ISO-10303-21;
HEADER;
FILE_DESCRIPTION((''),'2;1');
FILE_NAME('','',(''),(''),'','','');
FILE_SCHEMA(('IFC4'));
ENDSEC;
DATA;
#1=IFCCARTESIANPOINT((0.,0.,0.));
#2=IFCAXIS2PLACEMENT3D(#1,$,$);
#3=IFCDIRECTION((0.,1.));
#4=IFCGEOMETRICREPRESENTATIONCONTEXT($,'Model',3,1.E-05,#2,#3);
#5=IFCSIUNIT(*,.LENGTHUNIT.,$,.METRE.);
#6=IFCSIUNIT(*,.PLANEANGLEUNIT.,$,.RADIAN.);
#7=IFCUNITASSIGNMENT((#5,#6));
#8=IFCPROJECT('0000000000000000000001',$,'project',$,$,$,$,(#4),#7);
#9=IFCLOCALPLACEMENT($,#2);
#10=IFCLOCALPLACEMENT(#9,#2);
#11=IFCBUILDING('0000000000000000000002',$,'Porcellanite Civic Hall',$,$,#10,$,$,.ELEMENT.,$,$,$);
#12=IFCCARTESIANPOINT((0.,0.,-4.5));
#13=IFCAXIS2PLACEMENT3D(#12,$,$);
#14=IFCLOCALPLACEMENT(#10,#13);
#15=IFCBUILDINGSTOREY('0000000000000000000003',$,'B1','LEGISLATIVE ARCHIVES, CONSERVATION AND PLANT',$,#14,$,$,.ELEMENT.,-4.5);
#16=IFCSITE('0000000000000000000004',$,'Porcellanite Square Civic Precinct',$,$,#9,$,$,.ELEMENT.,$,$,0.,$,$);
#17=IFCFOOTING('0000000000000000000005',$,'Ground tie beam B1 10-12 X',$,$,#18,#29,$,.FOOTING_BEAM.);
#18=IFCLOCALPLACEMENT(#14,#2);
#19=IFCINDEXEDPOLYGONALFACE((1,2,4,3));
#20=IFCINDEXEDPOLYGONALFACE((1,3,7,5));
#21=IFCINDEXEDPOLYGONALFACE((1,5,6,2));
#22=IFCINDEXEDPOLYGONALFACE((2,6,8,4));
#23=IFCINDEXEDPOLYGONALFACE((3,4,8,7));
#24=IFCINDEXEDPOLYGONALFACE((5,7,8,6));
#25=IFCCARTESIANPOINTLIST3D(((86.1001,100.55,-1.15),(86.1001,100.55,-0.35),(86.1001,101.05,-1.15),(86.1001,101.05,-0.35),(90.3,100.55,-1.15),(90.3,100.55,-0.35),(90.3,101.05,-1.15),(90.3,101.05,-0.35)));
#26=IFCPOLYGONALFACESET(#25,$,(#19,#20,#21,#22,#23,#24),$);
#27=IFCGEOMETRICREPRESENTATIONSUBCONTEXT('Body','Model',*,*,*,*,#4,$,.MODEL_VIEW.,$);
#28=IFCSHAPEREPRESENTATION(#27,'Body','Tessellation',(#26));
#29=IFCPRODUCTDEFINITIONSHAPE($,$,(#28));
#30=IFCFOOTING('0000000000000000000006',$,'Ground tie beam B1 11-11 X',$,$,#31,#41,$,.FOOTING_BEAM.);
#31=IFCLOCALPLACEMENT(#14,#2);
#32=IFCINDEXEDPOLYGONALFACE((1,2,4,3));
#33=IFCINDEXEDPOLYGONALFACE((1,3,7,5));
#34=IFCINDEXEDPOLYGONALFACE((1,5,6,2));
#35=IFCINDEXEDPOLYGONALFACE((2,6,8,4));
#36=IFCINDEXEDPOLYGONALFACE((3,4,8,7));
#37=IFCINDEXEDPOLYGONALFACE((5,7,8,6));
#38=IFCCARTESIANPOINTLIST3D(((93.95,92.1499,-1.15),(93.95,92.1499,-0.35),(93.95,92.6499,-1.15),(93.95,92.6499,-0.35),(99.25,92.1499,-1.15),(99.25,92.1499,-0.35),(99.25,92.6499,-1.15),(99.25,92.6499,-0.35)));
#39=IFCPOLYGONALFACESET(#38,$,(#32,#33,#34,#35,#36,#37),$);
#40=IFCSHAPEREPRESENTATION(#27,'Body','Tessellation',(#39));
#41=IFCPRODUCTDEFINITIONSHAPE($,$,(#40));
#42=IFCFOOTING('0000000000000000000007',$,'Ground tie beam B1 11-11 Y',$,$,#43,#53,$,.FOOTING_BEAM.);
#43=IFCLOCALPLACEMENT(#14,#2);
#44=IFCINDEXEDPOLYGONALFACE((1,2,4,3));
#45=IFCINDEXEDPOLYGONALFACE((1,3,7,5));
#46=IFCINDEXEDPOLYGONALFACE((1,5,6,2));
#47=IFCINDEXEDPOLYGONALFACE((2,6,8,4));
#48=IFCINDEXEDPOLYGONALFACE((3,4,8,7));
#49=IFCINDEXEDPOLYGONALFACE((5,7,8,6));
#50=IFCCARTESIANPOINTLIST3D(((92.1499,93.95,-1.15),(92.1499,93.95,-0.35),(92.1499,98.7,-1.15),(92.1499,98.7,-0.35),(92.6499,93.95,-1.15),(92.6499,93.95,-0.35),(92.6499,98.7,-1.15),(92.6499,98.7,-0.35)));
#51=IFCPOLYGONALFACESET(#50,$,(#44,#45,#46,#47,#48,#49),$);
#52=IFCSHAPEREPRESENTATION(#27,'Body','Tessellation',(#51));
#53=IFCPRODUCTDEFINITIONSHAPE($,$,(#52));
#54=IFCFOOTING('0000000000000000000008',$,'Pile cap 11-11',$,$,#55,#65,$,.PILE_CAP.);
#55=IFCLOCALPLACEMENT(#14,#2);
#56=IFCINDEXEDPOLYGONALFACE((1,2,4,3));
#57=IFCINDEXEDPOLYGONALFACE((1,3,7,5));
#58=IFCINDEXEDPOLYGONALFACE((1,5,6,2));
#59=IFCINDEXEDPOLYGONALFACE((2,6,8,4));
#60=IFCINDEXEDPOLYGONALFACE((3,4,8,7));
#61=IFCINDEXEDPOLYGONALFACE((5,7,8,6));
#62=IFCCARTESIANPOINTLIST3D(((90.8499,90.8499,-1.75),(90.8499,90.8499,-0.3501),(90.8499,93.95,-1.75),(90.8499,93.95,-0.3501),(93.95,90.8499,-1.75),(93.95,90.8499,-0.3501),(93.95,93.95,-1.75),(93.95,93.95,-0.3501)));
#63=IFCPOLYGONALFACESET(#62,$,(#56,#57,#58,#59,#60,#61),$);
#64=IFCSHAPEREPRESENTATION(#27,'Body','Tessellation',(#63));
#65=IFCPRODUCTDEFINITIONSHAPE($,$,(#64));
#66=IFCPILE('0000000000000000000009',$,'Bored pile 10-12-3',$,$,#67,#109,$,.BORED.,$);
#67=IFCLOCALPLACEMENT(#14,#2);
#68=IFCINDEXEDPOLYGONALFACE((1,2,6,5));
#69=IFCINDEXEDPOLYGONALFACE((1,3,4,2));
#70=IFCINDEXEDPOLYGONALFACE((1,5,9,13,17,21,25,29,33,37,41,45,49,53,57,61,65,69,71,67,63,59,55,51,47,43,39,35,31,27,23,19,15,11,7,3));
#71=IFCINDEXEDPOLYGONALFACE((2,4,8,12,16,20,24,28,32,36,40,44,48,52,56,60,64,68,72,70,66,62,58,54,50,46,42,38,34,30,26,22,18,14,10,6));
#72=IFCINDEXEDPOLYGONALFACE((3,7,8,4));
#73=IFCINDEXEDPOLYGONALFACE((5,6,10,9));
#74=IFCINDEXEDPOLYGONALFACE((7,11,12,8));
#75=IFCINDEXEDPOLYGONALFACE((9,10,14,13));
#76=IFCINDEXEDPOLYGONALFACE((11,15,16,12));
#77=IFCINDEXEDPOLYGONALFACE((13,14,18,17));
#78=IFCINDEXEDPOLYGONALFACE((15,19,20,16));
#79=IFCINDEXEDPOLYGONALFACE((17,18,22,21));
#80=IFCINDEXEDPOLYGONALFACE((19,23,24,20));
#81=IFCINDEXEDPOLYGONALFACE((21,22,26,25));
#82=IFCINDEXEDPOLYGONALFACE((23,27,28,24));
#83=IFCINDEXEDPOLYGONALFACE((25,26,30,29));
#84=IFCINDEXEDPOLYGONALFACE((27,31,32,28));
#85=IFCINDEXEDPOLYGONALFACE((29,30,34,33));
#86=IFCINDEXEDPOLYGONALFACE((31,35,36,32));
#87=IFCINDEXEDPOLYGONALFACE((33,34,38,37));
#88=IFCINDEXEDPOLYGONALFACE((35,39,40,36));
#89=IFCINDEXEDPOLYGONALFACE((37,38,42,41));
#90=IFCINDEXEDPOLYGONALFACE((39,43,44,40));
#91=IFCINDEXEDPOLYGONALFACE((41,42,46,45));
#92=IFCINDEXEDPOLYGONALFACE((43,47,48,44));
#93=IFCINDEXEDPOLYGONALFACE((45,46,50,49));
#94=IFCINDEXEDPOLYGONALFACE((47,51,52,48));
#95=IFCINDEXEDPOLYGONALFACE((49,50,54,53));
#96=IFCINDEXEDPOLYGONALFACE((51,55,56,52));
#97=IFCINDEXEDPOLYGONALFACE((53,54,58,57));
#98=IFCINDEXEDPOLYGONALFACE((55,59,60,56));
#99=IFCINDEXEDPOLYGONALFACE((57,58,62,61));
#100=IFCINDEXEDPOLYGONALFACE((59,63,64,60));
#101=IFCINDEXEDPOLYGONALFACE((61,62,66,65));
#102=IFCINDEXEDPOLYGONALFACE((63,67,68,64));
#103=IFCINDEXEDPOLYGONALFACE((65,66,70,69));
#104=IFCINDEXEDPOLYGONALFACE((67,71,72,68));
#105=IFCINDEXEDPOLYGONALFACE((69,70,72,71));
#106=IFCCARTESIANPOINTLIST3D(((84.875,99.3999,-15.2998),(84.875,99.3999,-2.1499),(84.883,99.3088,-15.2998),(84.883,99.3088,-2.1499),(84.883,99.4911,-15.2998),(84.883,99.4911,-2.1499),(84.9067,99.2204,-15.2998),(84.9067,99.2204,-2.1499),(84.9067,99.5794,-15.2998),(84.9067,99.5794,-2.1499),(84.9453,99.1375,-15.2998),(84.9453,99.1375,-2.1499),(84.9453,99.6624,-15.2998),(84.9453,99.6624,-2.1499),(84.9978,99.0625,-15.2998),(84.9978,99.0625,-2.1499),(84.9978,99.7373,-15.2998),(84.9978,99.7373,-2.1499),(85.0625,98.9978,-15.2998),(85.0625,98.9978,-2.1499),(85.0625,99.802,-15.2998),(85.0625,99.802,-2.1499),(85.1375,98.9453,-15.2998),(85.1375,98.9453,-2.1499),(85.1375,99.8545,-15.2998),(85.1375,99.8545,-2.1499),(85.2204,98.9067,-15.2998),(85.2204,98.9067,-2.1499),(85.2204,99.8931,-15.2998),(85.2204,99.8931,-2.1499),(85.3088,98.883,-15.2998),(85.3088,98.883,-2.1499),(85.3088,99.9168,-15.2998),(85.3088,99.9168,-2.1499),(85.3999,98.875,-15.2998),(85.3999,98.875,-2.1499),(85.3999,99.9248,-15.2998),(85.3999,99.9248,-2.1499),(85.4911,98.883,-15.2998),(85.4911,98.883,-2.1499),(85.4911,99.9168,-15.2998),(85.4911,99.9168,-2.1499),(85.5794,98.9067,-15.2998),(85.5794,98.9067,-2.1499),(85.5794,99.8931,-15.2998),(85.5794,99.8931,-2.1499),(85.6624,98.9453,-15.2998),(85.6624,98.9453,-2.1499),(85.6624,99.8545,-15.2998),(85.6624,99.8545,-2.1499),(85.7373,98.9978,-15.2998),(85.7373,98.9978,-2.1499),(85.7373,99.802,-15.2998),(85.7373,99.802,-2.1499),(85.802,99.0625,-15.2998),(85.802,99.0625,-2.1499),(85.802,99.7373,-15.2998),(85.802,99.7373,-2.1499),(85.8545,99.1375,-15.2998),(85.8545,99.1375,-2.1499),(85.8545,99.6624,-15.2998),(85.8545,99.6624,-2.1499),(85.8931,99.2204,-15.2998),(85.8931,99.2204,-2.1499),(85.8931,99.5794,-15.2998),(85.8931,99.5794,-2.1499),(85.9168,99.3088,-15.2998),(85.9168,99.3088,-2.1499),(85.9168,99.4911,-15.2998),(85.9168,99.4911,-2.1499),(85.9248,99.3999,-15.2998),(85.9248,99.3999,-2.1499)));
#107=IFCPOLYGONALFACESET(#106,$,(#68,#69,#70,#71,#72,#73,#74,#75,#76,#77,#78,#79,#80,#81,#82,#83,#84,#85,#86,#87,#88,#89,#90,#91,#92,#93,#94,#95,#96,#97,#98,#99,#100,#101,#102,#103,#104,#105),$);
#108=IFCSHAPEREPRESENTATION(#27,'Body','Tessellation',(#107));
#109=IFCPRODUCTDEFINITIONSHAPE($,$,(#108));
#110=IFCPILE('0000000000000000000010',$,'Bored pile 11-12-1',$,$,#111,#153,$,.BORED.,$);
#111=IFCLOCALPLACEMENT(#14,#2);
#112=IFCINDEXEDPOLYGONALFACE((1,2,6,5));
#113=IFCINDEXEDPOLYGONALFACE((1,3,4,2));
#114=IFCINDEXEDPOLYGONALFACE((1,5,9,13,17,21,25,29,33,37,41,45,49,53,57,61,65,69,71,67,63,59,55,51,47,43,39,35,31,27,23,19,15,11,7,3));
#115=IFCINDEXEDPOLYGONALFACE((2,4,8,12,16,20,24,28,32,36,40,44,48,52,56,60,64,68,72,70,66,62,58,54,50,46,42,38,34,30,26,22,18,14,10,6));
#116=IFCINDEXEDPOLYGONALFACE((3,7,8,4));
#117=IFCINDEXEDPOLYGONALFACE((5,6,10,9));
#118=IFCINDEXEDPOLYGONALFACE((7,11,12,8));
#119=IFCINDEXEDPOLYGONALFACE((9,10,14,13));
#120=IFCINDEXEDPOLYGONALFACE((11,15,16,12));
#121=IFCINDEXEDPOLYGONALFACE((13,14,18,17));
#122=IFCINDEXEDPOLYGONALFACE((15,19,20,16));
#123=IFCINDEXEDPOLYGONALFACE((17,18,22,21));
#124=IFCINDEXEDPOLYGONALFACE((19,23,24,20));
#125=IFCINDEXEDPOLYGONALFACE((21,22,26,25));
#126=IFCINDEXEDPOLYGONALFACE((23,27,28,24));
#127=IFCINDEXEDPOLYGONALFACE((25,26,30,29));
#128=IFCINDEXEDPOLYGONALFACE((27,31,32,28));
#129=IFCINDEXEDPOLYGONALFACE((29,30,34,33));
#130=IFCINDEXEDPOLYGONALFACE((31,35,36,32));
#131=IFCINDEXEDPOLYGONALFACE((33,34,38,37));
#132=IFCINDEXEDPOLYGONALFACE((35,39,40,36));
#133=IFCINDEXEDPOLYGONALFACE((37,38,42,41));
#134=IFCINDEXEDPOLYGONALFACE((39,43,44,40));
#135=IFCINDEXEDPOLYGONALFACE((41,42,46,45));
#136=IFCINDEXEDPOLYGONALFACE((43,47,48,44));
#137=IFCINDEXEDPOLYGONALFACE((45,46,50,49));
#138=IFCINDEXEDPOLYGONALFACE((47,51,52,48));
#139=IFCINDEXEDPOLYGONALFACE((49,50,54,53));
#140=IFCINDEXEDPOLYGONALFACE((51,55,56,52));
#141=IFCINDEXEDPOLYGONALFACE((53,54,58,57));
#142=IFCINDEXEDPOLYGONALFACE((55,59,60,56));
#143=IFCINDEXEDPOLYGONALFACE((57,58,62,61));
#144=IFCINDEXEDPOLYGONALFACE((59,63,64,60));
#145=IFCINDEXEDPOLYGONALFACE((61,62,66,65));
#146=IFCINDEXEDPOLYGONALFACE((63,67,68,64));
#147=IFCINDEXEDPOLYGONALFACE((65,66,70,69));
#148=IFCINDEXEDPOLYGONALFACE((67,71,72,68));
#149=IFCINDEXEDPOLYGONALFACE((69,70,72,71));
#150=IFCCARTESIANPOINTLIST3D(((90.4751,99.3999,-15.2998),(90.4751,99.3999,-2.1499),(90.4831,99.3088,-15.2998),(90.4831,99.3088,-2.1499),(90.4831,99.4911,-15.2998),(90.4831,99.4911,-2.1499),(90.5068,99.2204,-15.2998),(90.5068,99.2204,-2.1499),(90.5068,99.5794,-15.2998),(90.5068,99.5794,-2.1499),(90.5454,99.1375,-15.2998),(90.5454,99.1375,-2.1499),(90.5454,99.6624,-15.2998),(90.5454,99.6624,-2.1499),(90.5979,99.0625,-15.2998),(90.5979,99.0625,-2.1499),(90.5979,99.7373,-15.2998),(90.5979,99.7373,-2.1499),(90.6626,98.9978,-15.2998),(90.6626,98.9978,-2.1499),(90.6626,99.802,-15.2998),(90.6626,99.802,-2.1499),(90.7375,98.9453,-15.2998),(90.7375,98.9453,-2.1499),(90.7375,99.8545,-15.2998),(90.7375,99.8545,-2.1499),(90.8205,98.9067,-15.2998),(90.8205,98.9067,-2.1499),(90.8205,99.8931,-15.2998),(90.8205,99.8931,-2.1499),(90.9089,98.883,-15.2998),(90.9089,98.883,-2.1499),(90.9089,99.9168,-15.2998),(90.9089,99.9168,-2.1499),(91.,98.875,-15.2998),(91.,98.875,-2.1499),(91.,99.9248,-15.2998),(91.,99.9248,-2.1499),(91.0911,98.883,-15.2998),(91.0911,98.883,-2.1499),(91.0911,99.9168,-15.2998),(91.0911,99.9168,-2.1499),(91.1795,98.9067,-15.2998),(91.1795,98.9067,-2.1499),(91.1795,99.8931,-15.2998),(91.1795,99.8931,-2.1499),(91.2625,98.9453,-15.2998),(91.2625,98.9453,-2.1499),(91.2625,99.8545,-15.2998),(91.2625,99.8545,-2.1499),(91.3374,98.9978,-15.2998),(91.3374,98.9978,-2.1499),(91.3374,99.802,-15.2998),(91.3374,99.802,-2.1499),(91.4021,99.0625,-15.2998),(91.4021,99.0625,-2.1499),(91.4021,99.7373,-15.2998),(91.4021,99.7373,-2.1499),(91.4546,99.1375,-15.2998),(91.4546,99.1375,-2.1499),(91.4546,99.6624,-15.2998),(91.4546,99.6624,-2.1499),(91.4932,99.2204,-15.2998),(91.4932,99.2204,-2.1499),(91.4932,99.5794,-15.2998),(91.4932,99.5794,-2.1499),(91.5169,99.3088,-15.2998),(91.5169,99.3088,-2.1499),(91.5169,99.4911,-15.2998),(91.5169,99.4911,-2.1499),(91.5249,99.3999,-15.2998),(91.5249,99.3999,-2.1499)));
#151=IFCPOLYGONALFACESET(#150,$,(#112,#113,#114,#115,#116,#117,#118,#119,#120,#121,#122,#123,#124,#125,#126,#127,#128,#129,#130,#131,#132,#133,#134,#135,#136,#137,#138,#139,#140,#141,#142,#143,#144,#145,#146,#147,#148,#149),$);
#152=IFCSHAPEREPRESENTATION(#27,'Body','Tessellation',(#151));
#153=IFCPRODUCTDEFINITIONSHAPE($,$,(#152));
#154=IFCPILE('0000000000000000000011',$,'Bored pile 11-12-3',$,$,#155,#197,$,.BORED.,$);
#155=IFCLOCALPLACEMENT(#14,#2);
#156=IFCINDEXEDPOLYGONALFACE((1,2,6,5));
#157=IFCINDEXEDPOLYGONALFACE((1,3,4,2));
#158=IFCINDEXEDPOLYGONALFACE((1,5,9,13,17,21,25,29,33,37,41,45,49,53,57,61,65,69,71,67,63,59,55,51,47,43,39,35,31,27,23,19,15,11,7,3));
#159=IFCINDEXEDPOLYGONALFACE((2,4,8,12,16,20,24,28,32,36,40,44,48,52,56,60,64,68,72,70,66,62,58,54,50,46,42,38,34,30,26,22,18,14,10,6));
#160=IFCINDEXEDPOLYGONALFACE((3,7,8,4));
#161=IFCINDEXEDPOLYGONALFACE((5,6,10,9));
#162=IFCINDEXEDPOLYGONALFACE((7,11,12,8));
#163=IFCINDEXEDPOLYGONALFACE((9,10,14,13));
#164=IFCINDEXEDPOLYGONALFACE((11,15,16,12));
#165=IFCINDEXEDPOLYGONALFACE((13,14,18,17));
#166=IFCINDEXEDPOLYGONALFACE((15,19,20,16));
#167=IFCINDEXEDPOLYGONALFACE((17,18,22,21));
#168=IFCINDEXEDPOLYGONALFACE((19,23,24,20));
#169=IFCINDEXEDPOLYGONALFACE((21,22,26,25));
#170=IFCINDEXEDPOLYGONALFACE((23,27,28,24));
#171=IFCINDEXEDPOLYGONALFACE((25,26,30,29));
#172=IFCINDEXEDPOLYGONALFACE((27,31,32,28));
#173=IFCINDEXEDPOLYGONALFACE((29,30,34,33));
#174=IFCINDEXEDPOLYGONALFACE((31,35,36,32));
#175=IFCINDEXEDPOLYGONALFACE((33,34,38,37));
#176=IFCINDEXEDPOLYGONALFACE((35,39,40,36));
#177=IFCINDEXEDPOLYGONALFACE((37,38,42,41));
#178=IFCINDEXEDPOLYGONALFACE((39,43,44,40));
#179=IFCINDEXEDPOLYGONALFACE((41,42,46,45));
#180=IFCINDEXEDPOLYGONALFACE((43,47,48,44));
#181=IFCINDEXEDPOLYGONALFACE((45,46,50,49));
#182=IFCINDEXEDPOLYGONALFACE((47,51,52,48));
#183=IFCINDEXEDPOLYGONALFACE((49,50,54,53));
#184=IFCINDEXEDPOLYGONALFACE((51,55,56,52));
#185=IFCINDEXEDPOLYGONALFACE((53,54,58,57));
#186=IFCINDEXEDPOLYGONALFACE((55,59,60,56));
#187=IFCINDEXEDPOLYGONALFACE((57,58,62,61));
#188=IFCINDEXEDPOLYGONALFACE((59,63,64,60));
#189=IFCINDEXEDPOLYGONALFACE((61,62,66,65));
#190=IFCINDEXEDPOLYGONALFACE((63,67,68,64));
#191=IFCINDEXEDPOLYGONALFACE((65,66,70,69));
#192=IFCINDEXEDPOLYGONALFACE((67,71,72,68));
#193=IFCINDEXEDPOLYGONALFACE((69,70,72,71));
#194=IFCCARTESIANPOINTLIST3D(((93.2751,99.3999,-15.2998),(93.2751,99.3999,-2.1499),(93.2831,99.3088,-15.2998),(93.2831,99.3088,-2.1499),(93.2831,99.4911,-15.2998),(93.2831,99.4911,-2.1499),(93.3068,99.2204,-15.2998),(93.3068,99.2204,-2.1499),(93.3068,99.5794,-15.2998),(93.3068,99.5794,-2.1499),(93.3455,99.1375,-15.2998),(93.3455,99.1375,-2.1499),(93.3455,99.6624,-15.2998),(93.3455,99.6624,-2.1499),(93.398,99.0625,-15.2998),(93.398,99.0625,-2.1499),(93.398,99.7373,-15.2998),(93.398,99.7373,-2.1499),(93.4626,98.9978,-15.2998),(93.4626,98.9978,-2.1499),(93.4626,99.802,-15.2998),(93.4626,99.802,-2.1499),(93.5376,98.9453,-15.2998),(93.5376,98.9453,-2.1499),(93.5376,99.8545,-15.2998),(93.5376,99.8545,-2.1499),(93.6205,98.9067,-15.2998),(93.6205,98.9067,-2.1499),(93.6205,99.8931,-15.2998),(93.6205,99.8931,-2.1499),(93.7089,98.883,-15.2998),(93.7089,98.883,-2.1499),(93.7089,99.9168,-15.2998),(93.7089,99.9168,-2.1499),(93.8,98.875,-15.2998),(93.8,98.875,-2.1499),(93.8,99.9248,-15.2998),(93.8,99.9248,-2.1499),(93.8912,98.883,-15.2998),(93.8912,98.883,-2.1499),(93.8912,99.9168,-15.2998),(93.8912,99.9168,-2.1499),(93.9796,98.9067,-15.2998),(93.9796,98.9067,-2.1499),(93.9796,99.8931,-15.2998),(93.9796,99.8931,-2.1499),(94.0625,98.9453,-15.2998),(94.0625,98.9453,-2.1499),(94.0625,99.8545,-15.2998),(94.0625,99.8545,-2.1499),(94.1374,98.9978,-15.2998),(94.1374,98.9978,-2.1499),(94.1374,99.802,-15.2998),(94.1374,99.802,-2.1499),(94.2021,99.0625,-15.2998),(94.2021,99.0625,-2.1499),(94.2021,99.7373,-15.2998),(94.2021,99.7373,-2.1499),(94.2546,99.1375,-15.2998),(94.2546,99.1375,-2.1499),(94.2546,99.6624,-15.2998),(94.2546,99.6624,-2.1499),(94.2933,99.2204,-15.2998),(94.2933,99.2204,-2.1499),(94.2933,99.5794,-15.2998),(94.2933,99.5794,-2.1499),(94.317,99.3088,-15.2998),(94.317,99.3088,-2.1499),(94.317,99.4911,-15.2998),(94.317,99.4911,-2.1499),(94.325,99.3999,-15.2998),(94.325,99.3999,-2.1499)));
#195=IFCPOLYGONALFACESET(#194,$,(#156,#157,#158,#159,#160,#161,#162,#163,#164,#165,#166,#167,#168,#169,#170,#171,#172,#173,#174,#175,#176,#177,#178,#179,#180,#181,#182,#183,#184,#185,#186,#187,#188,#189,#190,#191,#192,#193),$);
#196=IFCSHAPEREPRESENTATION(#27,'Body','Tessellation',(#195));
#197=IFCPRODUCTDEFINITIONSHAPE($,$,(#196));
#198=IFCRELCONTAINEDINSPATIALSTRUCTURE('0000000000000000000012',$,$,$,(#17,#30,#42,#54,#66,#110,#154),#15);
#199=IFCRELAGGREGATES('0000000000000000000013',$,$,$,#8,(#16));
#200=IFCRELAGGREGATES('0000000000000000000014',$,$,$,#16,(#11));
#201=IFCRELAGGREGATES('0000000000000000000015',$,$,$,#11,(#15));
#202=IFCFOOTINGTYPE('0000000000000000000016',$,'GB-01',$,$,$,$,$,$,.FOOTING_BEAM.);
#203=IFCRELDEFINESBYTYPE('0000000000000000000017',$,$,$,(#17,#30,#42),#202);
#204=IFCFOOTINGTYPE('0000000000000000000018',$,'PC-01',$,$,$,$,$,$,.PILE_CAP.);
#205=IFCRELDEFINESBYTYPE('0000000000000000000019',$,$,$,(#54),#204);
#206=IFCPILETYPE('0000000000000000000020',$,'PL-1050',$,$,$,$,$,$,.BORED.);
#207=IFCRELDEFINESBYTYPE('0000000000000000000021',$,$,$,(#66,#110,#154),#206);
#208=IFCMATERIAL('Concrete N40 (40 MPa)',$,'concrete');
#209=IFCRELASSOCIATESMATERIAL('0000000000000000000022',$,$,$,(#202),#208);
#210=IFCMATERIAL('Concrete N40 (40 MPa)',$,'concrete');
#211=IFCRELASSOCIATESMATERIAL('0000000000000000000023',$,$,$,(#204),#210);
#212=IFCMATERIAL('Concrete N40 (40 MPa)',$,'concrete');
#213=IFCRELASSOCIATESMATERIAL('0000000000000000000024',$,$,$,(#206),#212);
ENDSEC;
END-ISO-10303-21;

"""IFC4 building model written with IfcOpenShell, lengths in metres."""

from ifc_helpers import new_model, si_unit, direction, frame, origin, origin_2d, place, context, subcontext, project, spatial, rectangle, circle, extrude, material, material_profile, profile_set, type_object, element, save


model = new_model("IFC4")

# Units and contexts
model_context = context("Model", 3, precision=1e-05, world=origin(), true_north=direction((0.0, 1.0)))
body_context = subcontext(model_context, "Body", "Model", "MODEL_VIEW")
ifc_project = project(units=[si_unit("LENGTHUNIT", "METRE"), si_unit("PLANEANGLEUNIT", "RADIAN")], contexts=[model_context])

# Site, building, storey
site_placement = place(None, origin())
site = spatial("IfcSite", under=ifc_project, at=site_placement, Name="Porcellanite Square Civic Precinct", CompositionType="ELEMENT", RefElevation=0.0)
building_placement = place(site_placement, origin())
building = spatial("IfcBuilding", under=site, at=building_placement, Name="Porcellanite Civic Hall", CompositionType="ELEMENT")
storey_placement = place(building_placement, frame((0.0, 0.0, -4.5)))
storey = spatial("IfcBuildingStorey", under=building, at=storey_placement, Name="B1", Description="LEGISLATIVE ARCHIVES, CONSERVATION AND PLANT", CompositionType="ELEMENT", Elevation=-4.5)

# Footings
ifc_material_1 = material(Name="Concrete N40 (40 MPa)", Category="concrete")
ifc_material_profile_1 = material_profile(ifc_material_1, rectangle(XDim=0.5, YDim=0.8, at=origin_2d()), Name="RC-500x800")
ifc_profile_set_1 = profile_set([ifc_material_profile_1], Name="Concrete N40 (40 MPa)")
footing_type_1 = type_object("IfcFootingType", Name="GB-01", PredefinedType="FOOTING_BEAM", material=ifc_profile_set_1)
footing_1_placement = place(storey_placement, frame((86.1001, 100.8, -0.75), z_axis=(1.0, 0.0, 0.0), x_axis=(0.0, 1.0, 0.0)))
element("IfcFooting", 1, at=footing_1_placement, inside=storey, type_object=footing_type_1, Name="Ground tie beam B1 10-12 X", PredefinedType="FOOTING_BEAM", context=body_context, shape_type="SweptSolid", body=[
    extrude(rectangle(XDim=0.5, YDim=0.8, at=origin_2d()), origin(), (0.0, 0.0, 1.0), 4.2),
])
footing_2_placement = place(storey_placement, frame((93.95, 92.3999, -0.75), z_axis=(1.0, 0.0, 0.0), x_axis=(0.0, 1.0, 0.0)))
element("IfcFooting", 2, at=footing_2_placement, inside=storey, type_object=footing_type_1, Name="Ground tie beam B1 11-11 X", PredefinedType="FOOTING_BEAM", context=body_context, shape_type="SweptSolid", body=[
    extrude(rectangle(XDim=0.5, YDim=0.8, at=origin_2d()), origin(), (0.0, 0.0, 1.0), 5.3),
])
footing_3_placement = place(storey_placement, frame((92.3999, 93.95, -0.75), z_axis=(0.0, 1.0, 0.0), x_axis=(-1.0, 0.0, 0.0)))
element("IfcFooting", 3, at=footing_3_placement, inside=storey, type_object=footing_type_1, Name="Ground tie beam B1 11-11 Y", PredefinedType="FOOTING_BEAM", context=body_context, shape_type="SweptSolid", body=[
    extrude(rectangle(XDim=0.5, YDim=0.8, at=origin_2d()), origin(), (0.0, 0.0, 1.0), 4.75),
])
ifc_material_2 = material(Name="Concrete N40 (40 MPa)", Category="concrete")
footing_type_2 = type_object("IfcFootingType", Name="PC-01", PredefinedType="PILE_CAP", material=ifc_material_2)
footing_4_placement = place(storey_placement, frame((92.3999, 92.3999, -1.75), z_axis=(0.0, 0.0, 1.0), x_axis=(1.0, 0.0, 0.0)))
element("IfcFooting", 4, at=footing_4_placement, inside=storey, type_object=footing_type_2, Name="Pile cap 11-11", PredefinedType="PILE_CAP", context=body_context, shape_type="SweptSolid", body=[
    extrude(rectangle(XDim=3.1001, YDim=3.1001, at=origin_2d()), origin(), (0.0, 0.0, 1.0), 1.3999),
])

# Piles
ifc_material_3 = material(Name="Concrete N40 (40 MPa)", Category="concrete")
ifc_material_profile_2 = material_profile(ifc_material_3, circle(Radius=0.5249, at=origin_2d()), Name="PILE-D1050")
ifc_profile_set_2 = profile_set([ifc_material_profile_2], Name="Concrete N40 (40 MPa)")
pile_type_1 = type_object("IfcPileType", Name="PL-1050", PredefinedType="BORED", material=ifc_profile_set_2)
for number, where, z_axis, x_axis, name in (
    (5, (85.3999, 99.3999, -2.1499), (0.0, 0.0, -1.0), (1.0, 0.0, 0.0), "Bored pile 10-12-3"),
    (6, (91.0, 99.3999, -2.1499), (0.0, 0.0, -1.0), (1.0, 0.0, 0.0), "Bored pile 11-12-1"),
    (7, (93.8, 99.3999, -2.1499), (0.0, 0.0, -1.0), (1.0, 0.0, 0.0), "Bored pile 11-12-3"),
):
    element("IfcPile", number, at=place(storey_placement, frame(where, z_axis=z_axis, x_axis=x_axis)), inside=storey, type_object=pile_type_1, Name=name, PredefinedType="BORED", context=body_context, shape_type="SweptSolid", body=[
        extrude(circle(Radius=0.5249, at=origin_2d()), origin(), (0.0, 0.0, 1.0), 13.1499),
    ])

save(model, "model.ifc")
